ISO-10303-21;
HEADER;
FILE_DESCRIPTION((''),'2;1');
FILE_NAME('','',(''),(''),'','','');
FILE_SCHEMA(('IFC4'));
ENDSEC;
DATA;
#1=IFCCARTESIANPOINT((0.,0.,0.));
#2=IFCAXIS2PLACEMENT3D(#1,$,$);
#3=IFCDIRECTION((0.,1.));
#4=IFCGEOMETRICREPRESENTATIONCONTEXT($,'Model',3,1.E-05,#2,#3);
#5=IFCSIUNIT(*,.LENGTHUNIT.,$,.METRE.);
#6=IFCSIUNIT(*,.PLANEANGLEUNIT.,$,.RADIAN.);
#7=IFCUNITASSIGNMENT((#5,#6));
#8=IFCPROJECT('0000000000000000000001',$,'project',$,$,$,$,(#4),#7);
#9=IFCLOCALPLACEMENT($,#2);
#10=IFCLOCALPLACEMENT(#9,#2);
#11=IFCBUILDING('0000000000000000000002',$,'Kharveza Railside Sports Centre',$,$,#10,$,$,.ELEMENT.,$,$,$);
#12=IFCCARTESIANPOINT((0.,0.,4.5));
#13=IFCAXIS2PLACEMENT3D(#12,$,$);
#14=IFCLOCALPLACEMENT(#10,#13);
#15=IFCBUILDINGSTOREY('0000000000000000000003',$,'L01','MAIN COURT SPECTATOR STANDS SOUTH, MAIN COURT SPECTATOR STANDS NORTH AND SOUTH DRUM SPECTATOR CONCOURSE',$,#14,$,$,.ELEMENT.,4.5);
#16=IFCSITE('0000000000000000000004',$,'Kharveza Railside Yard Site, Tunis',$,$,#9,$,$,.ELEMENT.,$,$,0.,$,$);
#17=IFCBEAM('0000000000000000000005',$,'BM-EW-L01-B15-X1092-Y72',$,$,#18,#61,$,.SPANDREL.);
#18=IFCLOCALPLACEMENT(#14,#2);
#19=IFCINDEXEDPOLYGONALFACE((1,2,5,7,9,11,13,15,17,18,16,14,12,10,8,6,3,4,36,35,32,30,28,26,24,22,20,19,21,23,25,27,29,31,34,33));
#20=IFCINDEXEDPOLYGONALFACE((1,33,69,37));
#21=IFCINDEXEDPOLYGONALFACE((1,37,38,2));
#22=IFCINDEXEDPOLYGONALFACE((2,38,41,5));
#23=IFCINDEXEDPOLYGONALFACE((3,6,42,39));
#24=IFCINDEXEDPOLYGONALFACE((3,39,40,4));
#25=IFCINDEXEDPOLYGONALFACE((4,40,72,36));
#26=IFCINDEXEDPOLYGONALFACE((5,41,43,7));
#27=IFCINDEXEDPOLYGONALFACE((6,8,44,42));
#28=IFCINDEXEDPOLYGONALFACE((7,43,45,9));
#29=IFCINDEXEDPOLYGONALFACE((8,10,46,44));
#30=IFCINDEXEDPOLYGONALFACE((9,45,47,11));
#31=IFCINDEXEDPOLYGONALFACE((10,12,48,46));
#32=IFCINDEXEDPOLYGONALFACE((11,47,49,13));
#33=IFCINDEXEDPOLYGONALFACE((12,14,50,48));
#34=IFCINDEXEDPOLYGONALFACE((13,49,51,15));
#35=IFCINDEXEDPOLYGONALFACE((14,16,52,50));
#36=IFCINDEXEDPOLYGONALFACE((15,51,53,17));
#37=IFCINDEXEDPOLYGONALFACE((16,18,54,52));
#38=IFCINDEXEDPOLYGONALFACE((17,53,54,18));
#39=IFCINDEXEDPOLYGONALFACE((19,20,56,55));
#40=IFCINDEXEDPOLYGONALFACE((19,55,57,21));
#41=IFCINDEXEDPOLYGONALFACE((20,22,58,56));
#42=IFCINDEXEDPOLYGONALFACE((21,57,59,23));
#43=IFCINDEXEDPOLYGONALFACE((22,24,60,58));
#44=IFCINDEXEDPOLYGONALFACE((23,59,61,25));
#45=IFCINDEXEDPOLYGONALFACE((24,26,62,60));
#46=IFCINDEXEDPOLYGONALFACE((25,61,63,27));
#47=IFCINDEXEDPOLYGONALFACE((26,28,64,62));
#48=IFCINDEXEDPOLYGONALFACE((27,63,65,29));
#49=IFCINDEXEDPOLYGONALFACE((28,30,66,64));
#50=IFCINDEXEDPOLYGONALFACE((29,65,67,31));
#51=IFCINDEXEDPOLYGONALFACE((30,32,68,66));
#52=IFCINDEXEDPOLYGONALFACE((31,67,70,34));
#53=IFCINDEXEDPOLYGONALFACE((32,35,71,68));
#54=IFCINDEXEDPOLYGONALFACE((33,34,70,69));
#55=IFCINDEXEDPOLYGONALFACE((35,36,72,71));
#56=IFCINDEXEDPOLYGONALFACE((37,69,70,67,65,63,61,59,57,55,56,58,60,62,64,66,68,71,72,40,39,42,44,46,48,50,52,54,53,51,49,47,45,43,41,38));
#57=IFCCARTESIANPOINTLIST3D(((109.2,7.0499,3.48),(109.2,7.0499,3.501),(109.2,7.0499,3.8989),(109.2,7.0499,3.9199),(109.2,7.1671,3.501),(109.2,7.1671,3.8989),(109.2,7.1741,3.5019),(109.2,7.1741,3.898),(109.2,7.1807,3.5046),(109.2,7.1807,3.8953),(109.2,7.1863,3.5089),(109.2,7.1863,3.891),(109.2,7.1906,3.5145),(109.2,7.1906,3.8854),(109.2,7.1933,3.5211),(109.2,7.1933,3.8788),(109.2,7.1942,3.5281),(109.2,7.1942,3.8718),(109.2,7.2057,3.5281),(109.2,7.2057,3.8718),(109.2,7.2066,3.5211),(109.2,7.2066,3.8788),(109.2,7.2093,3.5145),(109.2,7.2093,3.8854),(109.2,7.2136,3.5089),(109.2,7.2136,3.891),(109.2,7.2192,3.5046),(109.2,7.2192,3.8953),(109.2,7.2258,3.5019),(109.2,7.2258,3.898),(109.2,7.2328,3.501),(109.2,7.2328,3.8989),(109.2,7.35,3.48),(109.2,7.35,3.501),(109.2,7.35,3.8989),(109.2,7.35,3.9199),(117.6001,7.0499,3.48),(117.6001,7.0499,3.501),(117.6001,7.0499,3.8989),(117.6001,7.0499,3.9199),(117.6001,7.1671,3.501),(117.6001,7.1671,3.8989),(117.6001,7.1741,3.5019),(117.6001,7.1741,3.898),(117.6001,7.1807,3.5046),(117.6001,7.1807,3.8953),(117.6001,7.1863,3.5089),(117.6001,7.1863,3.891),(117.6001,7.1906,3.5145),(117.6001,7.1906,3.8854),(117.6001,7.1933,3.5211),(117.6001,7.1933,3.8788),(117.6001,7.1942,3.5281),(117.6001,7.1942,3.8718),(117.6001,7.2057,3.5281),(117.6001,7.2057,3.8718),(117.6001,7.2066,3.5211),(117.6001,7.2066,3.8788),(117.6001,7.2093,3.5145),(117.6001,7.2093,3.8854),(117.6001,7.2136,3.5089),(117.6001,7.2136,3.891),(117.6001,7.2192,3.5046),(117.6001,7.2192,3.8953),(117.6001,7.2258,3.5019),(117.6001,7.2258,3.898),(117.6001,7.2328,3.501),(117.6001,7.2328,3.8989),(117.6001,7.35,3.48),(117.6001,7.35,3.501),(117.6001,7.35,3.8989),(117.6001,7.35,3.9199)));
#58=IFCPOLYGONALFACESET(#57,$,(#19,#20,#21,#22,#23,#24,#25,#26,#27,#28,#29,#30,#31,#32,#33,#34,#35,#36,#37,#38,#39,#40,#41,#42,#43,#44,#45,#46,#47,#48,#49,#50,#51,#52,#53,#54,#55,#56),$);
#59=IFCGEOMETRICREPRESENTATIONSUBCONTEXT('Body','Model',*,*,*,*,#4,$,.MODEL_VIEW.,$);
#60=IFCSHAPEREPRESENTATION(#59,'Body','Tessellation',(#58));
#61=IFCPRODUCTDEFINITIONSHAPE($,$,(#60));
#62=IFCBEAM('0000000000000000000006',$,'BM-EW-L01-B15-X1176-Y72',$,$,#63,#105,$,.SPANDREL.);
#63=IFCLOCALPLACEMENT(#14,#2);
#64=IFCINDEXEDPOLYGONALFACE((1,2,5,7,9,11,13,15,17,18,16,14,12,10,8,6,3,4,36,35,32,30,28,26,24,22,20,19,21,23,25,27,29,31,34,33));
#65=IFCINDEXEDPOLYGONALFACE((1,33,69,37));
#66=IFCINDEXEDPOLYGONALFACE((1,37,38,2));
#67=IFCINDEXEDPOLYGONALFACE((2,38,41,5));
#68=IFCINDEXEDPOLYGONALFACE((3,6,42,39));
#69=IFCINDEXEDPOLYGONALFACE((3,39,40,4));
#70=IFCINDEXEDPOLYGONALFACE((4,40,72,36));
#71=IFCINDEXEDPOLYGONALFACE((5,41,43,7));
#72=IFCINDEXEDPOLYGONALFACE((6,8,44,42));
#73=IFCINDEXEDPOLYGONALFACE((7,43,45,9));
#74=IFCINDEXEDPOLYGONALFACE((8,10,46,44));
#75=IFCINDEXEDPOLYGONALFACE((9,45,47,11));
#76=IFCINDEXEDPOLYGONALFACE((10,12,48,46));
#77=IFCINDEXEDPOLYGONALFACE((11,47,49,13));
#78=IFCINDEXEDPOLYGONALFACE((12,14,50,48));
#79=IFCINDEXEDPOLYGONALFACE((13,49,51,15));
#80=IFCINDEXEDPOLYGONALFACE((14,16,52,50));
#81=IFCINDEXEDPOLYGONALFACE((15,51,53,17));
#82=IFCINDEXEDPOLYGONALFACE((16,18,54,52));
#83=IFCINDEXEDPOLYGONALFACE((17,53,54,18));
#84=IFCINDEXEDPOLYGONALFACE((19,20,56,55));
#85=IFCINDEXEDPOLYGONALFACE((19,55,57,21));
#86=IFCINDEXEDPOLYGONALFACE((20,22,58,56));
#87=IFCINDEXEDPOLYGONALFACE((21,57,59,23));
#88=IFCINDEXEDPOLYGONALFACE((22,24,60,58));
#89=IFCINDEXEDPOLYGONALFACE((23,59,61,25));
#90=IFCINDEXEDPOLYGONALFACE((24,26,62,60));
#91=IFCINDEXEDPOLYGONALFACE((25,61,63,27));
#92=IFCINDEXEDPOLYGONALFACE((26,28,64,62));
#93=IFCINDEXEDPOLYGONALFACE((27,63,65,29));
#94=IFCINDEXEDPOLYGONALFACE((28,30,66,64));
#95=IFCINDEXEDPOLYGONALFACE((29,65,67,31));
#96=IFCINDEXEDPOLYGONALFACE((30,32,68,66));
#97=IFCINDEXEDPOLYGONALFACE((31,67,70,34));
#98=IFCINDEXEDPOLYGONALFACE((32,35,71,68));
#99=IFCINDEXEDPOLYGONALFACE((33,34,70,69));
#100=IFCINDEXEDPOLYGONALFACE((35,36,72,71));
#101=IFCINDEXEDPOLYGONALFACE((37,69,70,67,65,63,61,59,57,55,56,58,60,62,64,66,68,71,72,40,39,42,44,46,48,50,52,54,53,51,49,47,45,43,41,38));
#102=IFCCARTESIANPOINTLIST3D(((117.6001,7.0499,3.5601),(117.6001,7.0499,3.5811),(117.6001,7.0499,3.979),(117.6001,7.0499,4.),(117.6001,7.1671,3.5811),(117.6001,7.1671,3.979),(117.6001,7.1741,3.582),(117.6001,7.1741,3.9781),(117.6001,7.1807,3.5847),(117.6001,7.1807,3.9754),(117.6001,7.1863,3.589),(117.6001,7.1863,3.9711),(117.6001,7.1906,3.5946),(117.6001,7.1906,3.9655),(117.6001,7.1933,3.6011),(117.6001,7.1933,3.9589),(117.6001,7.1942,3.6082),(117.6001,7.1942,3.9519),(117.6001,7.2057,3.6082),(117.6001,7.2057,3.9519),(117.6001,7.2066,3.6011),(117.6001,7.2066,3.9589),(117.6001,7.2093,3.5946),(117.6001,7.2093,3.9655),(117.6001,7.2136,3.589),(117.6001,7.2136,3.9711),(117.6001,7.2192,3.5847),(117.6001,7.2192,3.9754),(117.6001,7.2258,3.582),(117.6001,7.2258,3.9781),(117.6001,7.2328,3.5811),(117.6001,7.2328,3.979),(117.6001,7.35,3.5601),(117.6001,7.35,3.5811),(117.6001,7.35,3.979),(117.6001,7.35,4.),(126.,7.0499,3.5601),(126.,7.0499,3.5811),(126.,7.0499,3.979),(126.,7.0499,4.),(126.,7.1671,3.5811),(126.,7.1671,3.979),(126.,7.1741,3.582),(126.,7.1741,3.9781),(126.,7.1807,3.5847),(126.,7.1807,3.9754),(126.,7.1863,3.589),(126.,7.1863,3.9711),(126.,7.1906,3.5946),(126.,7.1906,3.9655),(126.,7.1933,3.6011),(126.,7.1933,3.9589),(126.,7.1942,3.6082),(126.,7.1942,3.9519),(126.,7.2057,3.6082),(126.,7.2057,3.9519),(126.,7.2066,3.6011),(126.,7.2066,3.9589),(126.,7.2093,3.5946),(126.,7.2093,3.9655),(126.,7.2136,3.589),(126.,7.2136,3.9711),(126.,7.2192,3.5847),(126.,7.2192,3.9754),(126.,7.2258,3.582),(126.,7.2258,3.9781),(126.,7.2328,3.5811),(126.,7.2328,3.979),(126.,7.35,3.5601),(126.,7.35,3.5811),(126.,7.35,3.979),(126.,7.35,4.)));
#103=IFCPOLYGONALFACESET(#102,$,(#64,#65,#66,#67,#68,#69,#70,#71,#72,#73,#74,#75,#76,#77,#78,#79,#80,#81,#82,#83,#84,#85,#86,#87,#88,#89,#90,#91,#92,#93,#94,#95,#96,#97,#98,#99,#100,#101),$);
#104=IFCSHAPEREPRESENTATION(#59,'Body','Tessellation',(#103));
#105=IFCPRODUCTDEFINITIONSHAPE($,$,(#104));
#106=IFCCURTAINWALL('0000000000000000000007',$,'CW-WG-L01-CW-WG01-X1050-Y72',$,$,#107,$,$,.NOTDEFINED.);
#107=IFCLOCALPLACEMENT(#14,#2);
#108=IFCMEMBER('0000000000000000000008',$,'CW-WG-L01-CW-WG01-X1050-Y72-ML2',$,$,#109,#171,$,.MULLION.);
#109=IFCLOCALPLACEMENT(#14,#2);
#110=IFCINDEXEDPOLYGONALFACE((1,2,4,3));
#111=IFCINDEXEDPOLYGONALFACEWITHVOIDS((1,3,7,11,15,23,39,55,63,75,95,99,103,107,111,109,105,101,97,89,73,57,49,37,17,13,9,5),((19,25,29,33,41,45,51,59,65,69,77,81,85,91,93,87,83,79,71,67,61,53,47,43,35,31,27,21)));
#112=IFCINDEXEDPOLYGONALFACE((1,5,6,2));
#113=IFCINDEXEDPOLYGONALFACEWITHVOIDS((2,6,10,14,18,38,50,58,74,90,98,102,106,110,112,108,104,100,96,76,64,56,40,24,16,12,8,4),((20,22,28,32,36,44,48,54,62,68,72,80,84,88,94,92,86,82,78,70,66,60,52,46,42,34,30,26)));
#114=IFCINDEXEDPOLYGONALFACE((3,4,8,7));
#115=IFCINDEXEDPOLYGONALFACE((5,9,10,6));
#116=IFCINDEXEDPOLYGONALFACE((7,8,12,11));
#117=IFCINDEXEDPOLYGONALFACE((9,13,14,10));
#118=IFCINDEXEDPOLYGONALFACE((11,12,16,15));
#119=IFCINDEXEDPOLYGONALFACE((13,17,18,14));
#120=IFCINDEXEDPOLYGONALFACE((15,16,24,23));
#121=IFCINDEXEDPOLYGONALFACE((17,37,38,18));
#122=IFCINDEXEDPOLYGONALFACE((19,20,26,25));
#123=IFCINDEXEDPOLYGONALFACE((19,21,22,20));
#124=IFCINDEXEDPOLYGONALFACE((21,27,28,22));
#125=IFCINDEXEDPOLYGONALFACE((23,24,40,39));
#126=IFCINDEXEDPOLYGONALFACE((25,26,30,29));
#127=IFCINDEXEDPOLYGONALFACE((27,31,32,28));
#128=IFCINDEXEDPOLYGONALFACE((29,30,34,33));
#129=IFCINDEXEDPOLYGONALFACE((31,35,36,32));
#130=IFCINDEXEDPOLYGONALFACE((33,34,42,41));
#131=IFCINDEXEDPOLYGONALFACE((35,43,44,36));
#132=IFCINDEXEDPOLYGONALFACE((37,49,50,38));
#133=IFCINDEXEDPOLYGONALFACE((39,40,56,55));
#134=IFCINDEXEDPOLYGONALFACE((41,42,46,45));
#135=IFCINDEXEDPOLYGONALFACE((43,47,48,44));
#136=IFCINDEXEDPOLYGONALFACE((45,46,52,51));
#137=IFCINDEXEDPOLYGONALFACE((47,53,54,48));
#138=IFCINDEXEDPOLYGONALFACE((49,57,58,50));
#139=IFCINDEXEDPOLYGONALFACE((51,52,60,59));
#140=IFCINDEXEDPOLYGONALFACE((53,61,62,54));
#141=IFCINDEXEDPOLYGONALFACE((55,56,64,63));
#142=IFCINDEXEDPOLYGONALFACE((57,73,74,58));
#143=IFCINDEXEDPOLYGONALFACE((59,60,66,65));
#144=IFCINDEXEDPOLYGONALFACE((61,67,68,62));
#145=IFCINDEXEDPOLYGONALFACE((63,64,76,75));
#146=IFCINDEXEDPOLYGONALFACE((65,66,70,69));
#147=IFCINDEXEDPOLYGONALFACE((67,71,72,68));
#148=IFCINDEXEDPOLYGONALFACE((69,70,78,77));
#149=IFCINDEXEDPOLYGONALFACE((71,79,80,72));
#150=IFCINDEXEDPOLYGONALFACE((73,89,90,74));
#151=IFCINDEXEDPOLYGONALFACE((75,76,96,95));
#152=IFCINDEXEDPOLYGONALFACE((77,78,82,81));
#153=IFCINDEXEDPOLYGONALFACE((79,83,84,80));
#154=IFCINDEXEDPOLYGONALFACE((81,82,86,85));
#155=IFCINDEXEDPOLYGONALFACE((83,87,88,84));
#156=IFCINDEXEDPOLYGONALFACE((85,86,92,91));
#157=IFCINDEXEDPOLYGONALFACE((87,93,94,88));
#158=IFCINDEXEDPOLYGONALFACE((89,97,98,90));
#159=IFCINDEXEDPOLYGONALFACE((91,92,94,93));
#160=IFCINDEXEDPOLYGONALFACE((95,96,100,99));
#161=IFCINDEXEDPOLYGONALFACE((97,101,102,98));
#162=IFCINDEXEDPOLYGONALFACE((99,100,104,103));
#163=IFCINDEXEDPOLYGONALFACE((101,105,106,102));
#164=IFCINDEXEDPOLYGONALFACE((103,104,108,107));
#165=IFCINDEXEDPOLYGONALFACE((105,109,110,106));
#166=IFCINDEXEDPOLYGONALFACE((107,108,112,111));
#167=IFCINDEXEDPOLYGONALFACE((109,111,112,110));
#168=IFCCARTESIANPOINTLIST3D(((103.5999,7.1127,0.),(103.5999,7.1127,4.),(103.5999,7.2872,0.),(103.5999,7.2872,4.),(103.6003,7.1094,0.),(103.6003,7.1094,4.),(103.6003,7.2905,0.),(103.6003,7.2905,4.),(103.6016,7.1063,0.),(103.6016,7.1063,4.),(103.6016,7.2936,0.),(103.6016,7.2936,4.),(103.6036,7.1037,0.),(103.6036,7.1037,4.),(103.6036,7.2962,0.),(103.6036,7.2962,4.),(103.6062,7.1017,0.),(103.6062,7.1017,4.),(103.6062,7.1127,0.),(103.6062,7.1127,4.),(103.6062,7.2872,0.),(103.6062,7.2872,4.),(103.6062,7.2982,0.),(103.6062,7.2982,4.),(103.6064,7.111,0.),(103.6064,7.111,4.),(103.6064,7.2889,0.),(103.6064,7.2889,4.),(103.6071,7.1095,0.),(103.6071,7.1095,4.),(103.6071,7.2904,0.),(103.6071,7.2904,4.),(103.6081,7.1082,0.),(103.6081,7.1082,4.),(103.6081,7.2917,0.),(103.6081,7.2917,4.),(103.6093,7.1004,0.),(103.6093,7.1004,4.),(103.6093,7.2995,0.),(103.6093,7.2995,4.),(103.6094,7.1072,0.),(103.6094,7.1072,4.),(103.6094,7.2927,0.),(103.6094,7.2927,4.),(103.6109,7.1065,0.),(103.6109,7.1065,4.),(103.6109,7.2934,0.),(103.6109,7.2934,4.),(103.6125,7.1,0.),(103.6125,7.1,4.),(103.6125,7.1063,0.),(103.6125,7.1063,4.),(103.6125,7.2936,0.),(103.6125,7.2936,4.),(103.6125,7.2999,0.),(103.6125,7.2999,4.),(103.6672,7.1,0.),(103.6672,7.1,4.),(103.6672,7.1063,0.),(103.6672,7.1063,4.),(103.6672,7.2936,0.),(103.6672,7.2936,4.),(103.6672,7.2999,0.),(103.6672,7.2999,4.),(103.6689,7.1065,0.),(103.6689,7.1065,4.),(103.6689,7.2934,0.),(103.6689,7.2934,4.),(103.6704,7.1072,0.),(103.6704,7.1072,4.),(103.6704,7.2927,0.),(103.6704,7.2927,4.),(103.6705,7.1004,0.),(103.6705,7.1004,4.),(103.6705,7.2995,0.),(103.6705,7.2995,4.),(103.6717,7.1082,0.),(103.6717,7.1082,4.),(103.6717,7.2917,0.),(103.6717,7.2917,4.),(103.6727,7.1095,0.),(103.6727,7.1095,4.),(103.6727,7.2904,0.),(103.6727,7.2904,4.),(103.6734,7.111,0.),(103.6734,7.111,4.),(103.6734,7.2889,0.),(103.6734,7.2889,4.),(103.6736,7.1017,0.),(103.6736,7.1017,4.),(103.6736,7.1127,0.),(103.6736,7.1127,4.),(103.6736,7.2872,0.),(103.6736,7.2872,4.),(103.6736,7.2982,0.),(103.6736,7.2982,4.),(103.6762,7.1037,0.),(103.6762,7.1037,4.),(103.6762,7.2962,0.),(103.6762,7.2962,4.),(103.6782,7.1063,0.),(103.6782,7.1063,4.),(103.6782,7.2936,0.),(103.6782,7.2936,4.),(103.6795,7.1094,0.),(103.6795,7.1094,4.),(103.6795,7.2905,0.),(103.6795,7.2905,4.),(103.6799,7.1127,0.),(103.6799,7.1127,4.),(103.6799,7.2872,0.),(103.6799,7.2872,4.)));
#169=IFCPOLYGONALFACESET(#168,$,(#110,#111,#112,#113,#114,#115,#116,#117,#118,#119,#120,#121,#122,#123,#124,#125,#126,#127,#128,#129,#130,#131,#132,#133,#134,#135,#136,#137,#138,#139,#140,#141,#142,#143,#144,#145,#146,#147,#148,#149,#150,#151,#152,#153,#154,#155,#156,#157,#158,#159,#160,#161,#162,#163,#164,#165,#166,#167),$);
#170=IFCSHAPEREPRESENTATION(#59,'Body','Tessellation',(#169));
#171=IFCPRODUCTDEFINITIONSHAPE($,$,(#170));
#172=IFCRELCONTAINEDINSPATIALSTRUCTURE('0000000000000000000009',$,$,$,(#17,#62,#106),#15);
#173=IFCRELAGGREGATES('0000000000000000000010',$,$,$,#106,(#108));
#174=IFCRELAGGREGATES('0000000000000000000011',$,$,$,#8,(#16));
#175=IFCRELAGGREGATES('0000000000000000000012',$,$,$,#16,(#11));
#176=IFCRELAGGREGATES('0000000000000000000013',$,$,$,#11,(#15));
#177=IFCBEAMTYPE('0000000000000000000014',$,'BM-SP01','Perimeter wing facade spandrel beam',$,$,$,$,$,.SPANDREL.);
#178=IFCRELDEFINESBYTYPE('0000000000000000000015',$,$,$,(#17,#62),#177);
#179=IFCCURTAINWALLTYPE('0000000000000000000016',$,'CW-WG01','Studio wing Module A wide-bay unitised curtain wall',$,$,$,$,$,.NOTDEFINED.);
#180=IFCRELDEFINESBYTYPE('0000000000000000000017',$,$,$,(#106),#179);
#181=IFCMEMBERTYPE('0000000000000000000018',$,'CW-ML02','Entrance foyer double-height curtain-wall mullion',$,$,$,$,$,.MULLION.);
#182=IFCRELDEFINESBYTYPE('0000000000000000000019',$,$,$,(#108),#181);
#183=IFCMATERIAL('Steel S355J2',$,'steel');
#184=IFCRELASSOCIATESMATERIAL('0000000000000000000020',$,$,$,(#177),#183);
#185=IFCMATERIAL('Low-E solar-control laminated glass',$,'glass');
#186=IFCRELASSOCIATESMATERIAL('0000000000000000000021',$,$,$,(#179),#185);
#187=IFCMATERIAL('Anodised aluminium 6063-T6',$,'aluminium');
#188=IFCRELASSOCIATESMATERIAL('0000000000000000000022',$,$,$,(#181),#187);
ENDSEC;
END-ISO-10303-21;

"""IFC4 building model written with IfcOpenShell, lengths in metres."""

from ifc_helpers import new_model, si_unit, direction, frame, origin, origin_2d, place, context, subcontext, project, spatial, hollow_rectangle, i_section, extrude, material, material_profile, profile_set, type_object, element, aggregate, save


model = new_model("IFC4")

# Units and contexts
model_context = context("Model", 3, precision=1e-05, world=origin(), true_north=direction((0.0, 1.0)))
body_context = subcontext(model_context, "Body", "Model", "MODEL_VIEW")
ifc_project = project(units=[si_unit("LENGTHUNIT", "METRE"), si_unit("PLANEANGLEUNIT", "RADIAN")], contexts=[model_context])

# Site, building, storey
site_placement = place(None, origin())
site = spatial("IfcSite", under=ifc_project, at=site_placement, Name="Kharveza Railside Yard Site, Tunis", CompositionType="ELEMENT", RefElevation=0.0)
building_placement = place(site_placement, origin())
building = spatial("IfcBuilding", under=site, at=building_placement, Name="Kharveza Railside Sports Centre", CompositionType="ELEMENT")
storey_placement = place(building_placement, frame((0.0, 0.0, 4.5)))
storey = spatial("IfcBuildingStorey", under=building, at=storey_placement, Name="L01", Description="MAIN COURT SPECTATOR STANDS SOUTH, MAIN COURT SPECTATOR STANDS NORTH AND SOUTH DRUM SPECTATOR CONCOURSE", CompositionType="ELEMENT", Elevation=4.5)

# Shared definitions
ifc_material_1 = material(Name="Steel S355J2", Category="steel")

# Beams
ifc_material_profile_1 = material_profile(ifc_material_1, i_section(OverallWidth=0.3, OverallDepth=0.4399, WebThickness=0.0115, FlangeThickness=0.021, FilletRadius=0.0271, at=origin_2d()), Name="HEA 450")
ifc_profile_set_1 = profile_set([ifc_material_profile_1], Name="Steel S355J2")
beam_type_1 = type_object("IfcBeamType", Name="BM-SP01", Description="Perimeter wing facade spandrel beam", PredefinedType="SPANDREL", material=ifc_profile_set_1)
beam_1_placement = place(storey_placement, frame((109.2, 7.2, 3.7), z_axis=(1.0, 0.0, 0.0), x_axis=(0.0, 1.0, 0.0)))
element("IfcBeam", 1, at=beam_1_placement, inside=storey, type_object=beam_type_1, Name="BM-EW-L01-B15-X1092-Y72", PredefinedType="SPANDREL", context=body_context, shape_type="SweptSolid", body=[
    extrude(i_section(OverallWidth=0.3, OverallDepth=0.4399, WebThickness=0.0115, FlangeThickness=0.021, FilletRadius=0.0271, at=origin_2d()), origin(), (0.0, 0.0, 1.0), 8.4001),
])
beam_2_placement = place(storey_placement, frame((117.6001, 7.2, 3.78), z_axis=(1.0, 0.0, 0.0), x_axis=(0.0, 1.0, 0.0)))
element("IfcBeam", 2, at=beam_2_placement, inside=storey, type_object=beam_type_1, Name="BM-EW-L01-B15-X1176-Y72", PredefinedType="SPANDREL", context=body_context, shape_type="SweptSolid", body=[
    extrude(i_section(OverallWidth=0.3, OverallDepth=0.4399, WebThickness=0.0115, FlangeThickness=0.021, FilletRadius=0.0271, at=origin_2d()), origin(), (0.0, 0.0, 1.0), 8.3999),
])

# Curtain wall, member
ifc_material_2 = material(Name="Low-E solar-control laminated glass", Category="glass")
curtain_wall_type = type_object("IfcCurtainWallType", Name="CW-WG01", Description="Studio wing Module A wide-bay unitised curtain wall", PredefinedType="NOTDEFINED", material=ifc_material_2)
curtain_wall_placement = place(storey_placement, origin())
curtain_wall = element("IfcCurtainWall", 3, at=curtain_wall_placement, inside=storey, type_object=curtain_wall_type, Name="CW-WG-L01-CW-WG01-X1050-Y72", PredefinedType="NOTDEFINED")
ifc_material_3 = material(Name="Anodised aluminium 6063-T6", Category="aluminium")
ifc_material_profile_2 = material_profile(ifc_material_3, hollow_rectangle(XDim=0.0801, YDim=0.2, WallThickness=0.0063, InnerFilletRadius=0.0063, OuterFilletRadius=0.0127, at=origin_2d()), Name="RHS 80x200x6.3")
ifc_profile_set_2 = profile_set([ifc_material_profile_2], Name="Anodised aluminium 6063-T6")
member_type = type_object("IfcMemberType", Name="CW-ML02", Description="Entrance foyer double-height curtain-wall mullion", PredefinedType="MULLION", material=ifc_profile_set_2)
member_1_placement = place(storey_placement, frame((103.6399, 7.2, 0.0), z_axis=(0.0, 0.0, 1.0), x_axis=(1.0, 0.0, 0.0)))
member_1 = element("IfcMember", 4, at=member_1_placement, type_object=member_type, Name="CW-WG-L01-CW-WG01-X1050-Y72-ML2", PredefinedType="MULLION", context=body_context, shape_type="SweptSolid", body=[
    extrude(hollow_rectangle(XDim=0.0801, YDim=0.2, WallThickness=0.0063, InnerFilletRadius=0.0063, OuterFilletRadius=0.0127, at=origin_2d()), origin(), (0.0, 0.0, 1.0), 4.0),
])
aggregate(curtain_wall, [member_1])

save(model, "model.ifc")
